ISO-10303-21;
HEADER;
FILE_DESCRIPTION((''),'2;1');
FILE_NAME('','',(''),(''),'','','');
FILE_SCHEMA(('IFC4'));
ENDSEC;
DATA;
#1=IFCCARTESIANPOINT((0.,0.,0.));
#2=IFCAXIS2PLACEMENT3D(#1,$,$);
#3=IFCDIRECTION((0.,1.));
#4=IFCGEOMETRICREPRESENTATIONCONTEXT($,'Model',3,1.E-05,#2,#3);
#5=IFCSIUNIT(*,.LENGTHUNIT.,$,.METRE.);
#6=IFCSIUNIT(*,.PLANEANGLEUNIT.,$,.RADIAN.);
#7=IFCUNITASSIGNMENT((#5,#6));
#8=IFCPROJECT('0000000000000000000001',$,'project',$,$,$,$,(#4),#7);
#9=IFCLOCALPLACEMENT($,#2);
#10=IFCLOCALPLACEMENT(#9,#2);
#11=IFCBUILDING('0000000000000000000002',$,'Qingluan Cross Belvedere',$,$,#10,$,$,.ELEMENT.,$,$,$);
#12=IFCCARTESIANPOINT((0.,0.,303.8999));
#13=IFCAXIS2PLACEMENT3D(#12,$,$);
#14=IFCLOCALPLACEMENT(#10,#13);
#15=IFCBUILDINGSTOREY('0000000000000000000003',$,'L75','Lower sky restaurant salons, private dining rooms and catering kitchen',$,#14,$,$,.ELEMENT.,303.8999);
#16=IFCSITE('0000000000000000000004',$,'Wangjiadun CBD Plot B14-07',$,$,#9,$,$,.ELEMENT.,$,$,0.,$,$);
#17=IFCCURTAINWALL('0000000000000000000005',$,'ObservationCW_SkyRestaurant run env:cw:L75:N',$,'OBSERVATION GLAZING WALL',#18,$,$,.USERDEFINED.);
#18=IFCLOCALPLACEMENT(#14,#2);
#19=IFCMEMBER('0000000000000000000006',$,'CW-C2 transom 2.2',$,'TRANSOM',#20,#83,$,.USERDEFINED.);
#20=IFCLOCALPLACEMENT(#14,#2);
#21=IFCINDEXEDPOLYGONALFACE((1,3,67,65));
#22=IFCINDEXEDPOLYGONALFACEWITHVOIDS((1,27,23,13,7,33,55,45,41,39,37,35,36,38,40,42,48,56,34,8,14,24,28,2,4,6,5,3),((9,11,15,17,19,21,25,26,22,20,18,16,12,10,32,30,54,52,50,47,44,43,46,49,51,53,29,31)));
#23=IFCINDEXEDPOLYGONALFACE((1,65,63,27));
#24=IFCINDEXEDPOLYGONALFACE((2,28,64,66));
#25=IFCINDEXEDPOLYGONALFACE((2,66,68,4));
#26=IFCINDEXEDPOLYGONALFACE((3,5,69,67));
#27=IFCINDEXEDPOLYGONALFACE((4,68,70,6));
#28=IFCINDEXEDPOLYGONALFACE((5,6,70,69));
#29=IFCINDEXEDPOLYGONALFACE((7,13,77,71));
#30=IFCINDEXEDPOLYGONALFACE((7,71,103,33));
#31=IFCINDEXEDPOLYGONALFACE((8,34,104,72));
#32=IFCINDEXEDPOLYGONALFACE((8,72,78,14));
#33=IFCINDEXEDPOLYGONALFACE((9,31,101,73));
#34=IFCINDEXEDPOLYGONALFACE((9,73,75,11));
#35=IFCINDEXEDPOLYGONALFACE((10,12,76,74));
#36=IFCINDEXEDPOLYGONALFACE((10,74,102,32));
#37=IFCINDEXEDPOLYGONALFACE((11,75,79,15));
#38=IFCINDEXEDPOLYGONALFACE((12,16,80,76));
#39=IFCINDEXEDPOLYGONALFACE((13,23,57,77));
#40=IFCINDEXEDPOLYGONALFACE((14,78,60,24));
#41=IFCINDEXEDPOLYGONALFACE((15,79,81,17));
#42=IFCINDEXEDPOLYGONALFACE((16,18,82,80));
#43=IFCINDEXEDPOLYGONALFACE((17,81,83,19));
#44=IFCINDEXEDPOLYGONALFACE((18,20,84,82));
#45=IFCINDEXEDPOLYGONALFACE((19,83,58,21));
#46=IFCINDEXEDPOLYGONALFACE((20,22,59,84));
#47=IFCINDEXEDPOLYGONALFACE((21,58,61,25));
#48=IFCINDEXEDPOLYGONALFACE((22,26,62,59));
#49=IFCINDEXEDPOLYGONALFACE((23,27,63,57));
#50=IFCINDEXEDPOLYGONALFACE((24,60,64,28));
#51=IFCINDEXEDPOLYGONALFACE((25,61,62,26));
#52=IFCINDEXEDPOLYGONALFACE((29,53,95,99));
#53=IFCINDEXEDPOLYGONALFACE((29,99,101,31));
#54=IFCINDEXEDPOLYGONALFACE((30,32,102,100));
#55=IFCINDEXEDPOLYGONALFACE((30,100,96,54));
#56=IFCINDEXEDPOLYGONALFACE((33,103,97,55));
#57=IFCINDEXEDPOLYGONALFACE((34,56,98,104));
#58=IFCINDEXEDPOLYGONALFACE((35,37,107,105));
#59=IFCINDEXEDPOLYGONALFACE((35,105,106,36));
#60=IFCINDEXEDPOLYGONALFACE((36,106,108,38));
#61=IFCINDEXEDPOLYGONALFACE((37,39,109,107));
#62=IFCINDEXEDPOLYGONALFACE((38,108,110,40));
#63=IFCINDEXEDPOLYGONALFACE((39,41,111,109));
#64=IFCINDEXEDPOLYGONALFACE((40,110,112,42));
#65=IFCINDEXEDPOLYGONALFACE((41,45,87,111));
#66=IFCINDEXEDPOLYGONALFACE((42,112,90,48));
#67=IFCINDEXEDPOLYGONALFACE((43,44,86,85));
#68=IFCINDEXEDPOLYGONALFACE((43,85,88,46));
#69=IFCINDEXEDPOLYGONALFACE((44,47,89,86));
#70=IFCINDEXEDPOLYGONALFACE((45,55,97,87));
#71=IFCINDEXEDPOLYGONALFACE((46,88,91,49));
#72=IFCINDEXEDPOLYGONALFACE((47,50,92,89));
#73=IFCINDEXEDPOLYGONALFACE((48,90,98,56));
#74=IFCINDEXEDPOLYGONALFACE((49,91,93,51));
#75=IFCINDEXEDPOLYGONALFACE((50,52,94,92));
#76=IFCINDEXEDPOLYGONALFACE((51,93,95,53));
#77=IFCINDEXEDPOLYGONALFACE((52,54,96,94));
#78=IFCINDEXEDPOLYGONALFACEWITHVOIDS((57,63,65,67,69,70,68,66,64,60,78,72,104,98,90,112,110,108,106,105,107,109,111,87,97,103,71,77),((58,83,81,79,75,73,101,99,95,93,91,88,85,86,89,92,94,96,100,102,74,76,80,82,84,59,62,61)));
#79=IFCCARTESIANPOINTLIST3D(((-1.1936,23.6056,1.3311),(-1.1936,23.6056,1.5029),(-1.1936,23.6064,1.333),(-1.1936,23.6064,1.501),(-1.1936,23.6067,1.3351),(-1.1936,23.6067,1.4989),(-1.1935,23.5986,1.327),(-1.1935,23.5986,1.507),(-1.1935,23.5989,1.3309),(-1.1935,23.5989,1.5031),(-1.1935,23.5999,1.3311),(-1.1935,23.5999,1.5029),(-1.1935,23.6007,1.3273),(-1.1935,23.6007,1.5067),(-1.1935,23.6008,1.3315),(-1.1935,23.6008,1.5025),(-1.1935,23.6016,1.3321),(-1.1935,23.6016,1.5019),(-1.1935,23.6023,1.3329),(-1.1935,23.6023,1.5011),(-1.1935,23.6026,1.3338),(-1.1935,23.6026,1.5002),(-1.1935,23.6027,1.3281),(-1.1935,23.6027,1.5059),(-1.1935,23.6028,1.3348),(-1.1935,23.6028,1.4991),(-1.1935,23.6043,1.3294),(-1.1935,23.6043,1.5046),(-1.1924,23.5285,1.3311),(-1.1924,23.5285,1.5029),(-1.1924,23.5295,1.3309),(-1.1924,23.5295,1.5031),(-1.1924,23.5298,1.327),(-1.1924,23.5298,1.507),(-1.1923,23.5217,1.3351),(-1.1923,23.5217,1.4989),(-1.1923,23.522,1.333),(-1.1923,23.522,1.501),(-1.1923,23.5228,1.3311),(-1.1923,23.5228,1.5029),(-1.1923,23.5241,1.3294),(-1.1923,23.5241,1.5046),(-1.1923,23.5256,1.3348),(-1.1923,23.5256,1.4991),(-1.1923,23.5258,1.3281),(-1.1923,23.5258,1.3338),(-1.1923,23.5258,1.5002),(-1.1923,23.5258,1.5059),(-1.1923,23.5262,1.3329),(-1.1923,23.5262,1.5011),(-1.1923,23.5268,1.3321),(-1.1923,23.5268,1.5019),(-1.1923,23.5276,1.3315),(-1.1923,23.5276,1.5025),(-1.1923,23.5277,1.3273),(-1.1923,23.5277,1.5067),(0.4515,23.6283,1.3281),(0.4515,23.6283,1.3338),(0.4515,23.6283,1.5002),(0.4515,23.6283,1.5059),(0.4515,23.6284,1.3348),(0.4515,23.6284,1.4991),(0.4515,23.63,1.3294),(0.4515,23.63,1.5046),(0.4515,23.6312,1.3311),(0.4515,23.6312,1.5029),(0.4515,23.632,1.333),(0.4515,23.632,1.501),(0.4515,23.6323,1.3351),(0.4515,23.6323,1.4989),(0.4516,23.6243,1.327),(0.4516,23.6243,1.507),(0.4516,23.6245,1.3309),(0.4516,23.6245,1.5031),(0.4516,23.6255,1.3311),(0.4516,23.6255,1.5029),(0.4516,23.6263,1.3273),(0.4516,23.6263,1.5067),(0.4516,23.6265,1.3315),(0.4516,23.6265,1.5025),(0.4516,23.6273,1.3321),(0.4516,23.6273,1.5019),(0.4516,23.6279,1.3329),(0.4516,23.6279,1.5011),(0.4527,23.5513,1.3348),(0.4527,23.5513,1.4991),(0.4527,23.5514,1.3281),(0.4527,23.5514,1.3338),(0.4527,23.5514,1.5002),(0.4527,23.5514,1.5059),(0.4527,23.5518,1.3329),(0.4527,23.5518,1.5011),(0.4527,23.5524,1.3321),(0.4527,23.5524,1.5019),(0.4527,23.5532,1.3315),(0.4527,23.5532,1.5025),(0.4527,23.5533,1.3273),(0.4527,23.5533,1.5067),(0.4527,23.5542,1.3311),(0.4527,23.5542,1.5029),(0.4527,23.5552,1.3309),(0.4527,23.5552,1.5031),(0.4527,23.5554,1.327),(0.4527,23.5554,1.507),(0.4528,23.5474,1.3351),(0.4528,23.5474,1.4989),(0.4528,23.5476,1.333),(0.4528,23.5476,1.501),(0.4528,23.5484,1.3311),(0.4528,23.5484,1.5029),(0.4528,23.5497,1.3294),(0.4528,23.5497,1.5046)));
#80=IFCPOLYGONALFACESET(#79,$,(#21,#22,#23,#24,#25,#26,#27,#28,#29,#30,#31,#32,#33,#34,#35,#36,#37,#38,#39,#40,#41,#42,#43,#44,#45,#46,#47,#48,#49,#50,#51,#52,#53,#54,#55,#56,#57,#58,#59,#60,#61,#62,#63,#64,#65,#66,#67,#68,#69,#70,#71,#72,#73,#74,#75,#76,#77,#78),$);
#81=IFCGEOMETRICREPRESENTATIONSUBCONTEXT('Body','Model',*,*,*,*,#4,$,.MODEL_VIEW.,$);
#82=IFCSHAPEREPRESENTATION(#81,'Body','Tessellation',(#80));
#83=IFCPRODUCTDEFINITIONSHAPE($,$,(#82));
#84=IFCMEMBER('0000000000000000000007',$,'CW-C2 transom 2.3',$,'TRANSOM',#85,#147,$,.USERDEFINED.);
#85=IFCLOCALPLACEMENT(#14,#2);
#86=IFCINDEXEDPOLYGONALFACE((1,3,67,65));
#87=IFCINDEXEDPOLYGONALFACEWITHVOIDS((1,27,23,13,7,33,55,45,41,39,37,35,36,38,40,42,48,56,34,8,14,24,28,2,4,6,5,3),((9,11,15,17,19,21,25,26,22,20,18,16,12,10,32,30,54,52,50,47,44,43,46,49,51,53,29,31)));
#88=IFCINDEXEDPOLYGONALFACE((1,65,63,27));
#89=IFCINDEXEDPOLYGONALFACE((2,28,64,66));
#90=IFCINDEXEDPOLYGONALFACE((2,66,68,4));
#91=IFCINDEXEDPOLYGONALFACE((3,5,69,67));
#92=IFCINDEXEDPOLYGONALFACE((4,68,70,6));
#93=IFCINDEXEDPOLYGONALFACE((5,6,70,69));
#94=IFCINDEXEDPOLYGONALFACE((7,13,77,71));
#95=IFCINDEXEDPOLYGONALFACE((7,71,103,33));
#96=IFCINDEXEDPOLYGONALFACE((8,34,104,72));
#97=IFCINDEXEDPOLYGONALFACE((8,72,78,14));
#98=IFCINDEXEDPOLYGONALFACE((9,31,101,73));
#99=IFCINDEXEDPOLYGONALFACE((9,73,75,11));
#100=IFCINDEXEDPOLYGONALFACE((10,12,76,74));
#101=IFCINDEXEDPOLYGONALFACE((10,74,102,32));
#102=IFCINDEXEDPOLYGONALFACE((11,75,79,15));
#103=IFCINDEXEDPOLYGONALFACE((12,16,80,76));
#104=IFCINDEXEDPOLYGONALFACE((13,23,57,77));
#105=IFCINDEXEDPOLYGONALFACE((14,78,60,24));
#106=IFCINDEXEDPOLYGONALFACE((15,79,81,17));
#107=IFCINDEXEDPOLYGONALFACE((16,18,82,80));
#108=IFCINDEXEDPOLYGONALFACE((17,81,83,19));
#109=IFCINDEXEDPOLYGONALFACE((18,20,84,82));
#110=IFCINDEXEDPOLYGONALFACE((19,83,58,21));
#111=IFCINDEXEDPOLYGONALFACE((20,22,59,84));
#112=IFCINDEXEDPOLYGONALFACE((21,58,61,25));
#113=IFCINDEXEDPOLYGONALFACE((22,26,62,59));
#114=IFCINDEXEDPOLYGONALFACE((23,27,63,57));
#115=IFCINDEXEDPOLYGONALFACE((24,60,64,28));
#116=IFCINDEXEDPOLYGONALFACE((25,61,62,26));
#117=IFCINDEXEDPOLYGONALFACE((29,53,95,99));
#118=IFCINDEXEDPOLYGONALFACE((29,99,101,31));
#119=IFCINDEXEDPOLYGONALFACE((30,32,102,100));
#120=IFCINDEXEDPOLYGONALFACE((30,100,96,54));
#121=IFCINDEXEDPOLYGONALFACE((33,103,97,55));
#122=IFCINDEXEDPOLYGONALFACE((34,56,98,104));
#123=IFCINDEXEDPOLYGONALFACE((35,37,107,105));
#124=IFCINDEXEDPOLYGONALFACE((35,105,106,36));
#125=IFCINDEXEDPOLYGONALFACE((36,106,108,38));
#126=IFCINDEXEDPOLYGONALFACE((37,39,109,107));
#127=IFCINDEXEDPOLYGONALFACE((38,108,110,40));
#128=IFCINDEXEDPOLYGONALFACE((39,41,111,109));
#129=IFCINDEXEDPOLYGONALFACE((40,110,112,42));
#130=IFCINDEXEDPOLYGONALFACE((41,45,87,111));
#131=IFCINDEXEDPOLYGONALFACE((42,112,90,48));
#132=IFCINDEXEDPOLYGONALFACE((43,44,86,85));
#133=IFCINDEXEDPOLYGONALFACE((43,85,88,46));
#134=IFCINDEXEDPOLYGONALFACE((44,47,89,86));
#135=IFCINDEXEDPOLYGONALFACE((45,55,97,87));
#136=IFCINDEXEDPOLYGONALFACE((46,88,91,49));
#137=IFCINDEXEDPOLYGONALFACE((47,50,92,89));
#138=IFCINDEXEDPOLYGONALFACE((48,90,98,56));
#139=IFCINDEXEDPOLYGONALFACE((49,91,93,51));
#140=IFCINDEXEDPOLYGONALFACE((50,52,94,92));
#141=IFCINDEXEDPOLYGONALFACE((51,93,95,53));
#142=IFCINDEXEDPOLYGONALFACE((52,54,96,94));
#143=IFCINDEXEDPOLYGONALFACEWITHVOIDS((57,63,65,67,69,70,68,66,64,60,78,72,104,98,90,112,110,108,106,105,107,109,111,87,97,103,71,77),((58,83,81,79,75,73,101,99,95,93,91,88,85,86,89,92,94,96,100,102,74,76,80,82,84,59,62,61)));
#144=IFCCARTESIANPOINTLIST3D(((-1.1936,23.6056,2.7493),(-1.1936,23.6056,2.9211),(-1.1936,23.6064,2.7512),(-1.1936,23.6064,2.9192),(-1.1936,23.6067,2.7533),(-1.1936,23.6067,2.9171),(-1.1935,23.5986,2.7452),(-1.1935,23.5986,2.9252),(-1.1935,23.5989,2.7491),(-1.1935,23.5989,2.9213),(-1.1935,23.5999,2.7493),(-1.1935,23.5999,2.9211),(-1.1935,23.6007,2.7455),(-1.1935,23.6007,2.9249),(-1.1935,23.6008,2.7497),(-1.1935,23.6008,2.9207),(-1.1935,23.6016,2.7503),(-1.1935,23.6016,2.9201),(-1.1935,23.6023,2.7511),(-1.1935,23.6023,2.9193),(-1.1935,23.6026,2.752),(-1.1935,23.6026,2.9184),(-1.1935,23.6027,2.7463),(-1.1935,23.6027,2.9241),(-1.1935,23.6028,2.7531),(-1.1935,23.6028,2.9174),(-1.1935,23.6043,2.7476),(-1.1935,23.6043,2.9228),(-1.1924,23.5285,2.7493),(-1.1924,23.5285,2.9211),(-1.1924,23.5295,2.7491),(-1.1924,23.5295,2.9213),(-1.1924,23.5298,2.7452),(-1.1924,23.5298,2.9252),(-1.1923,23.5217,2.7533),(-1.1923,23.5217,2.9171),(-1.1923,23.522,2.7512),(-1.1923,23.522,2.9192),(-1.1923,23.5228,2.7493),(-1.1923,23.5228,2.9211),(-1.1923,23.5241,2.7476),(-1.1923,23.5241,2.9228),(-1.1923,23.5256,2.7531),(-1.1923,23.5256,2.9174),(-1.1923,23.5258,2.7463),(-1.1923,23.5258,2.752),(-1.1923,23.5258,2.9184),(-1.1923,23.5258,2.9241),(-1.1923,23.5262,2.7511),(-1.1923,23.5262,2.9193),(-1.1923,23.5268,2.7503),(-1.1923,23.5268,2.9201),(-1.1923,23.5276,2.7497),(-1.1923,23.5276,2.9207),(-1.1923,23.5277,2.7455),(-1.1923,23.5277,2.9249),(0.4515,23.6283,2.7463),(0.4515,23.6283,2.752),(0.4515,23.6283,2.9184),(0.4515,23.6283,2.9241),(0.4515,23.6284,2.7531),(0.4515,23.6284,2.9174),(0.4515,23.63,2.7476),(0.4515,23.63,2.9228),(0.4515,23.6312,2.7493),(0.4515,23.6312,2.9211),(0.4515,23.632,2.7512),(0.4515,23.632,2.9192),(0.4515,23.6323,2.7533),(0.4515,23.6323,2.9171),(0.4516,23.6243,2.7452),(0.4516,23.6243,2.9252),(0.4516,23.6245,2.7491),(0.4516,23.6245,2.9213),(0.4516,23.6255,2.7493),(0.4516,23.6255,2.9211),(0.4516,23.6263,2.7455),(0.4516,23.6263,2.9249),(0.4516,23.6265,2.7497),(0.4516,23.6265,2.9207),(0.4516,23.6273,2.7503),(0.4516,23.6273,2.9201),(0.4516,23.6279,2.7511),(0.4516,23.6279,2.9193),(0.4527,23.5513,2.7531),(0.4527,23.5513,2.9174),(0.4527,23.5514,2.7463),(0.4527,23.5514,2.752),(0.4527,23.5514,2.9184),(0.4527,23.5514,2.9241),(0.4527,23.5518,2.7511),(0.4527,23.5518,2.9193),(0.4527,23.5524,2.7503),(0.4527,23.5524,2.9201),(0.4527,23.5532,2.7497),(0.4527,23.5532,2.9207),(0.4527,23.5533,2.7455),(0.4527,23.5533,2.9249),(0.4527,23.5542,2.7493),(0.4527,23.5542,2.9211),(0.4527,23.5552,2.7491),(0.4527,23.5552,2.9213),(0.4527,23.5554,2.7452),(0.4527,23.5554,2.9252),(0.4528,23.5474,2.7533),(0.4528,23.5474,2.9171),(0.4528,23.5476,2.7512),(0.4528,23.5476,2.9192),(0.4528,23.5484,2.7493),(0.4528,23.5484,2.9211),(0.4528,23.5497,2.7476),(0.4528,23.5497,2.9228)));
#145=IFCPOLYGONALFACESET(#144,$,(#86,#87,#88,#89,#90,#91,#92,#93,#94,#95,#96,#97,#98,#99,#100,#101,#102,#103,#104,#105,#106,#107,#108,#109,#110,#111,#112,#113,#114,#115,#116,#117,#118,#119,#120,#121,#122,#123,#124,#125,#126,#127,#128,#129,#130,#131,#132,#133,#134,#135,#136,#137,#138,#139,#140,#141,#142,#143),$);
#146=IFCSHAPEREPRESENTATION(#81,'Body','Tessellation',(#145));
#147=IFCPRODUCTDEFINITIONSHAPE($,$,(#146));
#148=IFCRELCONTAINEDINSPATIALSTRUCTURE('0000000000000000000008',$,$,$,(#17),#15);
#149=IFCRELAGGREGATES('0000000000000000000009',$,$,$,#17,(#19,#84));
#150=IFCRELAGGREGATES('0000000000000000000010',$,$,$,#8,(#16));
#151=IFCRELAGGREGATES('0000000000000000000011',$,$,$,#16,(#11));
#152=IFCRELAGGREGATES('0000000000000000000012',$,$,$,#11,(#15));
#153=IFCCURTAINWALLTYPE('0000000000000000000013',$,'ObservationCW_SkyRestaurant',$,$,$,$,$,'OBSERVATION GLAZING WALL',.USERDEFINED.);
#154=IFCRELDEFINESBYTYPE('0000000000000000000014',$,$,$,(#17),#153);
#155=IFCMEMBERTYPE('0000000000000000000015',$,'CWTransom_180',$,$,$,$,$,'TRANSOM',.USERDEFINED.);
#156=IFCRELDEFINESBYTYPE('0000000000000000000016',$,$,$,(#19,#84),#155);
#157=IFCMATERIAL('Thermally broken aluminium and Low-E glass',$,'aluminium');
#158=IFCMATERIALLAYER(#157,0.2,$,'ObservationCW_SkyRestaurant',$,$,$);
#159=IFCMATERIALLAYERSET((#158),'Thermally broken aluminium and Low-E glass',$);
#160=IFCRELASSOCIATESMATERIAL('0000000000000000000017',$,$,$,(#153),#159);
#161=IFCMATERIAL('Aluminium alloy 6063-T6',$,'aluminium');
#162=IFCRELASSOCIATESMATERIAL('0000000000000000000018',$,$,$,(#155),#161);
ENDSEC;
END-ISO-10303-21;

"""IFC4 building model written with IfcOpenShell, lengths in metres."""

from ifc_helpers import new_model, si_unit, direction, frame, origin, origin_2d, place, context, subcontext, project, spatial, hollow_rectangle, extrude, material, layer, layer_set, material_profile, profile_set, type_object, element, aggregate, save


model = new_model("IFC4")

# Units and contexts
model_context = context("Model", 3, precision=1e-05, world=origin(), true_north=direction((0.0, 1.0)))
body_context = subcontext(model_context, "Body", "Model", "MODEL_VIEW")
ifc_project = project(units=[si_unit("LENGTHUNIT", "METRE"), si_unit("PLANEANGLEUNIT", "RADIAN")], contexts=[model_context])

# Site, building, storey
site_placement = place(None, origin())
site = spatial("IfcSite", under=ifc_project, at=site_placement, Name="Wangjiadun CBD Plot B14-07", CompositionType="ELEMENT", RefElevation=0.0)
building_placement = place(site_placement, origin())
building = spatial("IfcBuilding", under=site, at=building_placement, Name="Qingluan Cross Belvedere", CompositionType="ELEMENT")
storey_placement = place(building_placement, frame((0.0, 0.0, 303.8999)))
storey = spatial("IfcBuildingStorey", under=building, at=storey_placement, Name="L75", Description="Lower sky restaurant salons, private dining rooms and catering kitchen", CompositionType="ELEMENT", Elevation=303.8999)

# Curtain wall, members
ifc_material_1 = material(Name="Thermally broken aluminium and Low-E glass", Category="aluminium")
ifc_layer_1 = layer(ifc_material_1, 0.2, Name="ObservationCW_SkyRestaurant")
ifc_layer_set_1 = layer_set([ifc_layer_1], Name="Thermally broken aluminium and Low-E glass")
curtain_wall_type = type_object("IfcCurtainWallType", Name="ObservationCW_SkyRestaurant", ElementType="OBSERVATION GLAZING WALL", PredefinedType="USERDEFINED", material=ifc_layer_set_1)
curtain_wall_placement = place(storey_placement, origin())
curtain_wall = element("IfcCurtainWall", 1, at=curtain_wall_placement, inside=storey, type_object=curtain_wall_type, Name="ObservationCW_SkyRestaurant run env:cw:L75:N", ObjectType="OBSERVATION GLAZING WALL", PredefinedType="USERDEFINED")
ifc_material_2 = material(Name="Aluminium alloy 6063-T6", Category="aluminium")
ifc_material_profile_1 = material_profile(ifc_material_2, hollow_rectangle(XDim=0.085, YDim=0.1799, WallThickness=0.0039, InnerFilletRadius=0.0039, OuterFilletRadius=0.0081, at=origin_2d()), Name="CWT180x85x4")
ifc_profile_set_1 = profile_set([ifc_material_profile_1], Name="Aluminium alloy 6063-T6")
member_type_1 = type_object("IfcMemberType", Name="CWTransom_180", ElementType="TRANSOM", PredefinedType="USERDEFINED", material=ifc_profile_set_1)
member_1_placement = place(storey_placement, frame((0.4521, 23.5898, 1.417), z_axis=(-0.999879, -0.015581, 0.0), x_axis=(0.015581, -0.999879, 0.0)))
member_1 = element("IfcMember", 2, at=member_1_placement, type_object=member_type_1, Name="CW-C2 transom 2.2", ObjectType="TRANSOM", PredefinedType="USERDEFINED", context=body_context, shape_type="SweptSolid", body=[
    extrude(hollow_rectangle(XDim=0.085, YDim=0.1799, WallThickness=0.0039, InnerFilletRadius=0.0039, OuterFilletRadius=0.0081, at=origin_2d()), origin(), (0.0, 0.0, 1.0), 1.6453),
])
member_2_placement = place(storey_placement, frame((0.4521, 23.5898, 2.8352), z_axis=(-0.999879, -0.015581, 0.0), x_axis=(0.015581, -0.999879, 0.0)))
member_2 = element("IfcMember", 3, at=member_2_placement, type_object=member_type_1, Name="CW-C2 transom 2.3", ObjectType="TRANSOM", PredefinedType="USERDEFINED", context=body_context, shape_type="SweptSolid", body=[
    extrude(hollow_rectangle(XDim=0.085, YDim=0.1799, WallThickness=0.0039, InnerFilletRadius=0.0039, OuterFilletRadius=0.0081, at=origin_2d()), origin(), (0.0, 0.0, 1.0), 1.6453),
])
aggregate(curtain_wall, [member_1, member_2])

save(model, "model.ifc")
